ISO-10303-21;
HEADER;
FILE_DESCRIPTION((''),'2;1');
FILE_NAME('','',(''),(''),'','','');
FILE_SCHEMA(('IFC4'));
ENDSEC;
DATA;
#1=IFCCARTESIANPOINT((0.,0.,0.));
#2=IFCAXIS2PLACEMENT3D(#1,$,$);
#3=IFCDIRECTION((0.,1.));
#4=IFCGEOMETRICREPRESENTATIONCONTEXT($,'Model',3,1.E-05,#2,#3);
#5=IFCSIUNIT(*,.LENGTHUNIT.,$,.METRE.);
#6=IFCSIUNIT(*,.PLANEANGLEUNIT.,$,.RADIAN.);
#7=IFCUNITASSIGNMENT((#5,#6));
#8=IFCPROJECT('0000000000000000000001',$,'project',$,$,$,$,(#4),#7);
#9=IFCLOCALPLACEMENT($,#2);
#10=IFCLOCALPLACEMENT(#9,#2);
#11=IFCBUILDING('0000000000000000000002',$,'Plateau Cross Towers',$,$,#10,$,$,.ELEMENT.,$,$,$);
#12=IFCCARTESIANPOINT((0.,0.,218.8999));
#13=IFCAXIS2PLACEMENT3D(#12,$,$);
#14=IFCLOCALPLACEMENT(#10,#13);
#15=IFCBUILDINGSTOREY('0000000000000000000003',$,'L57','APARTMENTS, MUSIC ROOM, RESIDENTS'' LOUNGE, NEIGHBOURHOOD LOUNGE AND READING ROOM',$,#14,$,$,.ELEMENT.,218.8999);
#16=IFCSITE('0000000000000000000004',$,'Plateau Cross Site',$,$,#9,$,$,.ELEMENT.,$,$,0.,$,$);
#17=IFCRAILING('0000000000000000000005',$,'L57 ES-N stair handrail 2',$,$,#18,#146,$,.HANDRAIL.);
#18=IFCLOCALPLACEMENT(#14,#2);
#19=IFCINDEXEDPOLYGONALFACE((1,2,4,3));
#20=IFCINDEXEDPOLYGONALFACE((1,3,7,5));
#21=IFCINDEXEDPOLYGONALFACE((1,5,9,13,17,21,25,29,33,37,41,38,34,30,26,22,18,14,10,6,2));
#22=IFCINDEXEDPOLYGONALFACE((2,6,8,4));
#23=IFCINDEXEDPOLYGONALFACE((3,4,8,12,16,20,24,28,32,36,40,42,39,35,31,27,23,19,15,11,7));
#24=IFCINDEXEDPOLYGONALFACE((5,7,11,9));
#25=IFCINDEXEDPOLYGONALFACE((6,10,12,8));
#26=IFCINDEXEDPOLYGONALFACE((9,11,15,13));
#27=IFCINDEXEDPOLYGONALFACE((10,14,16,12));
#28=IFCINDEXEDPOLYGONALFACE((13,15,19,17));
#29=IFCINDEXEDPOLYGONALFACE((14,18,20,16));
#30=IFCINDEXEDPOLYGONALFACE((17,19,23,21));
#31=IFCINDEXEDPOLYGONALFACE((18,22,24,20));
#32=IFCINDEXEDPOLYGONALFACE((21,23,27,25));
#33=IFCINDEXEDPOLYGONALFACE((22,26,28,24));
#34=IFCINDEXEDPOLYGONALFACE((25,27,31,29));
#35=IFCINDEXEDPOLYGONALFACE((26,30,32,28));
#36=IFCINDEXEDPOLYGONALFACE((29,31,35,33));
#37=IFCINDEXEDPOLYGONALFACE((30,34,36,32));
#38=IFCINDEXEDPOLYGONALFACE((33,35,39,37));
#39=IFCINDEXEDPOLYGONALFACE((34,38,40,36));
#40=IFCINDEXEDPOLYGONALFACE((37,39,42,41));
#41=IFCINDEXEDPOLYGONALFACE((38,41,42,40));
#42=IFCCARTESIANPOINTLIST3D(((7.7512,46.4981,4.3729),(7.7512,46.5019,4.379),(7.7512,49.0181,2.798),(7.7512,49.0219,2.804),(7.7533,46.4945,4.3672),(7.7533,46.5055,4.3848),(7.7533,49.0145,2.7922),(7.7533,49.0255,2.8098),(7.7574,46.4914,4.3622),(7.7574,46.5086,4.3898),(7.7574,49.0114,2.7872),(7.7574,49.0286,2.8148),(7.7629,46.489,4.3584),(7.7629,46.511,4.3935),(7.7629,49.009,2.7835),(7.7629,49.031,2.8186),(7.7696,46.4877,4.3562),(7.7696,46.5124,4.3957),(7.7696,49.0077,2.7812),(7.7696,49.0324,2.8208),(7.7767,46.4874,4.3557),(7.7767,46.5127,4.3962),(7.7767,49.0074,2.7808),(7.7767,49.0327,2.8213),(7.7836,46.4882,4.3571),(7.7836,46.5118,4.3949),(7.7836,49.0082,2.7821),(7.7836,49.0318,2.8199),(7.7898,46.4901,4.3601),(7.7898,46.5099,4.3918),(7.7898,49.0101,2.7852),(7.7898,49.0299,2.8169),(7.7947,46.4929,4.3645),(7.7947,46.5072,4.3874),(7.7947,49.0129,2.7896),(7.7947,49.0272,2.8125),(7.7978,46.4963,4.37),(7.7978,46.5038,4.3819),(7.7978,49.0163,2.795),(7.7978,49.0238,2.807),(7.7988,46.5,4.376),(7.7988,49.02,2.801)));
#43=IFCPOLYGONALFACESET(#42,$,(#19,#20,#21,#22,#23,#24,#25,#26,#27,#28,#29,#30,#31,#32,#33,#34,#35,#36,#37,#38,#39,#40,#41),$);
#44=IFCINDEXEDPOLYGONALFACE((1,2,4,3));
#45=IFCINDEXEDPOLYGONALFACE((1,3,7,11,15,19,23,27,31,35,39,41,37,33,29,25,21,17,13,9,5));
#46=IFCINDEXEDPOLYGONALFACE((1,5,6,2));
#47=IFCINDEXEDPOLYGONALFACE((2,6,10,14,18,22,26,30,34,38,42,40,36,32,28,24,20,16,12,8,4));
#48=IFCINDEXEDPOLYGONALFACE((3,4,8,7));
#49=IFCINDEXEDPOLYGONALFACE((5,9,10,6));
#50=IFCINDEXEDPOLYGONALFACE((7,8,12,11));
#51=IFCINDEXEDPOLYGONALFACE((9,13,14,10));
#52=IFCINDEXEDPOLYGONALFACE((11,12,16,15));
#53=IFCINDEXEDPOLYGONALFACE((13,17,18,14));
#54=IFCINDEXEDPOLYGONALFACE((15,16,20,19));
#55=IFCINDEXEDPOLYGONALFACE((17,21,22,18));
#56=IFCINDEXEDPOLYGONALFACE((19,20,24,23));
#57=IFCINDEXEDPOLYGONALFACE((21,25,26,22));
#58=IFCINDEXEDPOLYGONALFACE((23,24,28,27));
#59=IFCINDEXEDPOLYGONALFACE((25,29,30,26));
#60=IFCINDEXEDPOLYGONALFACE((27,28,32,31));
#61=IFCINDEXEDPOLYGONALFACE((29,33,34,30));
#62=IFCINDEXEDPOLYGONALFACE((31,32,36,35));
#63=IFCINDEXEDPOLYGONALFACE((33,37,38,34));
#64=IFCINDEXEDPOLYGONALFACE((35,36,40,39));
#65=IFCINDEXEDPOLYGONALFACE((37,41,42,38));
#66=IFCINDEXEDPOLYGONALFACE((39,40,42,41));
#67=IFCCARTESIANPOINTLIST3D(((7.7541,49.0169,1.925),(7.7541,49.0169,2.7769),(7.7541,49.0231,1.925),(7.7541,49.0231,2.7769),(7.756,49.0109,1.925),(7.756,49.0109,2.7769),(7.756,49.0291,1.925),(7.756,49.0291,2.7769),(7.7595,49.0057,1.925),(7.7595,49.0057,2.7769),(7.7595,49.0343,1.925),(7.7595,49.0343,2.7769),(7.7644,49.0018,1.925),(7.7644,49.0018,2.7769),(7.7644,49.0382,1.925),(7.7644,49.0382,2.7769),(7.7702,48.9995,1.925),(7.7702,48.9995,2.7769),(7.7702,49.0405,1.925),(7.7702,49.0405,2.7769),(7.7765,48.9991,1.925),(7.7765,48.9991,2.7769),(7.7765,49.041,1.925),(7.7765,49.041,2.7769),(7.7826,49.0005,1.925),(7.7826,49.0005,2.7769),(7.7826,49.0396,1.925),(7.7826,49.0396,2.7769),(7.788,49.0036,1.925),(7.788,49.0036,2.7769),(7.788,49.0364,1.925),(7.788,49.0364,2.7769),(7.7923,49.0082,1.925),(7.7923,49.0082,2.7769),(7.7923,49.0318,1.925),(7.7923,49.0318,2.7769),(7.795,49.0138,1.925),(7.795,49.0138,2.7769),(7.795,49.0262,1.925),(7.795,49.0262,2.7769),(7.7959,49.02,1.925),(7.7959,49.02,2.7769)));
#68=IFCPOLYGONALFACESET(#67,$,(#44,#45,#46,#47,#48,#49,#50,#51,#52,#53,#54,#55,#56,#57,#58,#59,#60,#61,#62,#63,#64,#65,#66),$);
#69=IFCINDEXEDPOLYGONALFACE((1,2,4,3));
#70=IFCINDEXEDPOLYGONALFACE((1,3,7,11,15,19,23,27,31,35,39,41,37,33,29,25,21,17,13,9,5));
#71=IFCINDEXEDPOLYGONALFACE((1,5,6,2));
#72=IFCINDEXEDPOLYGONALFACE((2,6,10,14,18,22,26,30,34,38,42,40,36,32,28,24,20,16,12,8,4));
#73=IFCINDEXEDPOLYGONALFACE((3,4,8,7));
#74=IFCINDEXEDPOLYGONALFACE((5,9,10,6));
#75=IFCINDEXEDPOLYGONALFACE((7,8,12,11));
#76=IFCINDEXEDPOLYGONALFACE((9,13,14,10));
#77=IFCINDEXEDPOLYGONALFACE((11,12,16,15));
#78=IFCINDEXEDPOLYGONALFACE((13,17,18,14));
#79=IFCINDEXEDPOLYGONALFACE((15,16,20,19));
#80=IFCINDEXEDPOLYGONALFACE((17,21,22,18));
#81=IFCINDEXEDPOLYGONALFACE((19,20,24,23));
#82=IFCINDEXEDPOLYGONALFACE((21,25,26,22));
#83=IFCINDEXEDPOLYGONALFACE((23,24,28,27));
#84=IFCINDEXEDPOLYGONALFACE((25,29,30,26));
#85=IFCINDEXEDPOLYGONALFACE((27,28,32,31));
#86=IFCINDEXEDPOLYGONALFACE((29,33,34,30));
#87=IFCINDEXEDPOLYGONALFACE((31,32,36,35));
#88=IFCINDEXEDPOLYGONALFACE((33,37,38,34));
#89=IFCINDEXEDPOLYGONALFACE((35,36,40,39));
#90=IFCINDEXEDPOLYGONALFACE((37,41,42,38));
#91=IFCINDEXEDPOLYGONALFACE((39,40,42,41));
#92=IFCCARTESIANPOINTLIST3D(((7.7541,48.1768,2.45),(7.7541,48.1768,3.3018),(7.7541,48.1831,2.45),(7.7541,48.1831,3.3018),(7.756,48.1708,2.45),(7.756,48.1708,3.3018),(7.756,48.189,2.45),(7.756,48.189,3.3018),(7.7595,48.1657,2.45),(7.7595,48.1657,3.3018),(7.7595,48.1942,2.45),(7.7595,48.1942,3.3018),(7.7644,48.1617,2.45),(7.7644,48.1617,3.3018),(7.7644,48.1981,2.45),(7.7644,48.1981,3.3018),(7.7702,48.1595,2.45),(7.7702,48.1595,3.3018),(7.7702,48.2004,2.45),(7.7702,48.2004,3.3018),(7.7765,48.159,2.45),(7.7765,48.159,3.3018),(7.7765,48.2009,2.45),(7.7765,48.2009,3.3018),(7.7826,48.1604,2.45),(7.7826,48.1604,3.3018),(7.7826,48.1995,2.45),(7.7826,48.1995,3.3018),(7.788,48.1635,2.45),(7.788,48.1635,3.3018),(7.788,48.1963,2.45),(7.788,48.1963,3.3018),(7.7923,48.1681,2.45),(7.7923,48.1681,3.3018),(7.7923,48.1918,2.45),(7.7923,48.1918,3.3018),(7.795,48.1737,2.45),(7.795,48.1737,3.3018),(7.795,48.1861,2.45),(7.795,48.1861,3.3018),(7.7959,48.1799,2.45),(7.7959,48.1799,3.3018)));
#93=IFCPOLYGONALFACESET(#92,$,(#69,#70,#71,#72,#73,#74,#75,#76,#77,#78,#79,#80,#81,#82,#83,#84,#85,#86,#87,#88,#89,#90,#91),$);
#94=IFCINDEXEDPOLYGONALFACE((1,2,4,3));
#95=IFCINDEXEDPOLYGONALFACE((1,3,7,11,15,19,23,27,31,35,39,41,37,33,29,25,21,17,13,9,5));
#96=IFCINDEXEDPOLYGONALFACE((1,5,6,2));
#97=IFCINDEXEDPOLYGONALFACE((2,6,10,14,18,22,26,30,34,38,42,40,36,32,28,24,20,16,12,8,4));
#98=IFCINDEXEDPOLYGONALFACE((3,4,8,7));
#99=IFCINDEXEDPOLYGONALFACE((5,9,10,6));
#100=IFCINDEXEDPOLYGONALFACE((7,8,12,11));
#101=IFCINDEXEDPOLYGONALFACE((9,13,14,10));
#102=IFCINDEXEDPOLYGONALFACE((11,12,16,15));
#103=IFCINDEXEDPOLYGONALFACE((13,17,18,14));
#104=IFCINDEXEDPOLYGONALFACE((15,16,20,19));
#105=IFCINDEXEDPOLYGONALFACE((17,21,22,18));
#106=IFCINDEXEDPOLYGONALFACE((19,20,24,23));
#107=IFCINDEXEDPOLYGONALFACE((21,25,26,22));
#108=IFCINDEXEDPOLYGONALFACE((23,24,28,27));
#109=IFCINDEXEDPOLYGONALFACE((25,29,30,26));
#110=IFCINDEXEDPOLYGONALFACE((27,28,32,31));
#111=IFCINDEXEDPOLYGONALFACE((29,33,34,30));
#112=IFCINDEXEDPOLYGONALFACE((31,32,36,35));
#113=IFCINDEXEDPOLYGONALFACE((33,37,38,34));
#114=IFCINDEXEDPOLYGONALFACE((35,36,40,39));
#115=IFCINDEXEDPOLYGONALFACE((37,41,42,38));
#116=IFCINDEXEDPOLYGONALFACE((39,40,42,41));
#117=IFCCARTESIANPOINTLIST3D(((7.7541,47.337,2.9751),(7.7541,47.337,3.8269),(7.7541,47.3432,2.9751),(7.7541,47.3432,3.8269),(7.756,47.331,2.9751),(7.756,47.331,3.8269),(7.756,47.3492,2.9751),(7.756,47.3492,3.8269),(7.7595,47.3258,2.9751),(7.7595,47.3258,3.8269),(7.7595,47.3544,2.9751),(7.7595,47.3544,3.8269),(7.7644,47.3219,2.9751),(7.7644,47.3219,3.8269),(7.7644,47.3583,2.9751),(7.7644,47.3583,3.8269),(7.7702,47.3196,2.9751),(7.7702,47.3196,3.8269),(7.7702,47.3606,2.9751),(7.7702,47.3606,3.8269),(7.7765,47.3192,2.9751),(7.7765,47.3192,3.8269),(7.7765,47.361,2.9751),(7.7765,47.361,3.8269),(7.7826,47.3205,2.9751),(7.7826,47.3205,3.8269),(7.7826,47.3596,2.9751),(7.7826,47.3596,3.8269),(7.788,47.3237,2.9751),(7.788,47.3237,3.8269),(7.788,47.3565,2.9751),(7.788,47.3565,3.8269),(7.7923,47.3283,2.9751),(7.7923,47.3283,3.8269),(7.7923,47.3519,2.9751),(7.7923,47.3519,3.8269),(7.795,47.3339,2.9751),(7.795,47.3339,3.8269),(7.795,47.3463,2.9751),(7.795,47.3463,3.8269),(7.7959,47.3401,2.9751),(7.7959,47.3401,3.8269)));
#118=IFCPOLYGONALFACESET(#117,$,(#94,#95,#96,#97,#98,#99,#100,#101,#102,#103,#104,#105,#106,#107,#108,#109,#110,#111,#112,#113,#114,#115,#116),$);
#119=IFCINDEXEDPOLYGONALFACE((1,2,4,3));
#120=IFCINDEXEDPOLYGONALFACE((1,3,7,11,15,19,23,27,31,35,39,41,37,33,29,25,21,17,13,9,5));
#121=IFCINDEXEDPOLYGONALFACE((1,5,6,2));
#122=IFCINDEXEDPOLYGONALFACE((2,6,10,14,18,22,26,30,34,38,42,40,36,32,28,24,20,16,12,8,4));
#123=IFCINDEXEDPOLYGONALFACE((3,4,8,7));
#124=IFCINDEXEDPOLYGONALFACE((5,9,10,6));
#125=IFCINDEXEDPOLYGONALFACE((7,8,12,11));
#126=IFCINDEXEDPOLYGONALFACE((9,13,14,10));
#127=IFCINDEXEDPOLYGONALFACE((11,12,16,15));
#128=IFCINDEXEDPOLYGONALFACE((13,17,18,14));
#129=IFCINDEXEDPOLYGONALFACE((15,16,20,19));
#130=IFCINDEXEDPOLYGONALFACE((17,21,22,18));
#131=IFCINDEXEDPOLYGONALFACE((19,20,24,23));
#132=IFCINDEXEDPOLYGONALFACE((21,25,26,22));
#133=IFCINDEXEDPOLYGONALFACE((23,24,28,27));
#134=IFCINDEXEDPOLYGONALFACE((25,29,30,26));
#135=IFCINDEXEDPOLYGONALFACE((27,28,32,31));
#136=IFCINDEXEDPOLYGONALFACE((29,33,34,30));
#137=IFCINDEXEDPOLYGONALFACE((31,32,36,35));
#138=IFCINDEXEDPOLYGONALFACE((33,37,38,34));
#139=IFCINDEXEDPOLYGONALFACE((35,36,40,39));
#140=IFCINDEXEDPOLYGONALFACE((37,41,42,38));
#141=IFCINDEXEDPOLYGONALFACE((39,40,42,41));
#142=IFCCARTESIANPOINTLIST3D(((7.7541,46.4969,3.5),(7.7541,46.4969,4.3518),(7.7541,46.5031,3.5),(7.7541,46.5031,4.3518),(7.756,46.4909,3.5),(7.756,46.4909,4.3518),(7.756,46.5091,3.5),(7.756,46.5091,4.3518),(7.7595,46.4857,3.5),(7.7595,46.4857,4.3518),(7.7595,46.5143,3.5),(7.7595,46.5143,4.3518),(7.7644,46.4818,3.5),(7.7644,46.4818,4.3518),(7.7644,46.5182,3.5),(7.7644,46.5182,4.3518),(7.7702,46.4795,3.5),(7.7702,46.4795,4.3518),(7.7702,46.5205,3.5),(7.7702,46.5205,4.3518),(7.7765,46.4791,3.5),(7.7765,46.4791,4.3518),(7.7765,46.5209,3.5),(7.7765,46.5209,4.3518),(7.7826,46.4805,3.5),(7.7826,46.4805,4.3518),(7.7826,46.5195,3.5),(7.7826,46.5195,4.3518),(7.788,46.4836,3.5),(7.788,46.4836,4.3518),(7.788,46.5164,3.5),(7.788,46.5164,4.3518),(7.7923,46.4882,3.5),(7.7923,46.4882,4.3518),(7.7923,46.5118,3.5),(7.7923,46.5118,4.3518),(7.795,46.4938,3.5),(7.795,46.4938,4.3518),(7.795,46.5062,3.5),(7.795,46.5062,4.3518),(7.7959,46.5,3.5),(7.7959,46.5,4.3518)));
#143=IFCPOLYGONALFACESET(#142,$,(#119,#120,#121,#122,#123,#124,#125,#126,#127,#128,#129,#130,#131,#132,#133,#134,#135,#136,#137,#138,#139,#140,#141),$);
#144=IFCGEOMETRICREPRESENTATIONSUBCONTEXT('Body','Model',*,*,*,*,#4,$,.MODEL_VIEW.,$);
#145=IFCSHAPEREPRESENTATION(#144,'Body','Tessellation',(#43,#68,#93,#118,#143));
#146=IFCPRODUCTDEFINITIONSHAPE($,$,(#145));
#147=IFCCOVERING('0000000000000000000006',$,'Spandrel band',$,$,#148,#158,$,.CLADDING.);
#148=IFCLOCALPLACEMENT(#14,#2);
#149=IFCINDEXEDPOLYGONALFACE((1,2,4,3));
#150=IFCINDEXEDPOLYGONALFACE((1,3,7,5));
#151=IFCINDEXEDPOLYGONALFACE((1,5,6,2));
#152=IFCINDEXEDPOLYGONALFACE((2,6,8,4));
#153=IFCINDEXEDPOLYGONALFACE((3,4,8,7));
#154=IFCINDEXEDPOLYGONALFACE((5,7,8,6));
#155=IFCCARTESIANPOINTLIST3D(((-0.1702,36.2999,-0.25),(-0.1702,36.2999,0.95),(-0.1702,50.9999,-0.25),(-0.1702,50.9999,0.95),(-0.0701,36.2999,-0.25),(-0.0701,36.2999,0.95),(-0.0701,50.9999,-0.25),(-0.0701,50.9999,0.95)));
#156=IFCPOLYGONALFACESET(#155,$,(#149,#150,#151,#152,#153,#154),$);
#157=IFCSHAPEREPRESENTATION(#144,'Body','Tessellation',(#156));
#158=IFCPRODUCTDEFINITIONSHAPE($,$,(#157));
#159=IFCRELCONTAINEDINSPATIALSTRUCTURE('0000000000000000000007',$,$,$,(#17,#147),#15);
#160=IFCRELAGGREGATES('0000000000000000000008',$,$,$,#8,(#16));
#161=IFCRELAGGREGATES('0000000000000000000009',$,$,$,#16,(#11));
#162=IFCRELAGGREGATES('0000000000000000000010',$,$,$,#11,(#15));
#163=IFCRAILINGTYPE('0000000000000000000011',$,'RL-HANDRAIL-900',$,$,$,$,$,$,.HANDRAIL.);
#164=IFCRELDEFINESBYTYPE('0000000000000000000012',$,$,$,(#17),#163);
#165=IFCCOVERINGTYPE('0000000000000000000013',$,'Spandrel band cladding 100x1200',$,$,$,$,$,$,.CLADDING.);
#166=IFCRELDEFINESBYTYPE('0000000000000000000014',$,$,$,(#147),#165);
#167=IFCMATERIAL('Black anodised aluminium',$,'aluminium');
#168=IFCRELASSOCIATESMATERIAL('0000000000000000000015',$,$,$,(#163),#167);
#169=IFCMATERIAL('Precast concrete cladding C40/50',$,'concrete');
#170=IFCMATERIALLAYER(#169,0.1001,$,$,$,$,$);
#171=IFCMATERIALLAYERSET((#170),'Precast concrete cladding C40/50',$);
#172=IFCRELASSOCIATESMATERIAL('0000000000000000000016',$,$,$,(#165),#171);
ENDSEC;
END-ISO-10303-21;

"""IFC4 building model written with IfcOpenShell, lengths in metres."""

from ifc_helpers import new_model, si_unit, direction, frame, origin, origin_2d, place, context, subcontext, project, spatial, rectangle, circle, extrude, material, layer, layer_set, type_object, element, save


model = new_model("IFC4")

# Units and contexts
model_context = context("Model", 3, precision=1e-05, world=origin(), true_north=direction((0.0, 1.0)))
body_context = subcontext(model_context, "Body", "Model", "MODEL_VIEW")
ifc_project = project(units=[si_unit("LENGTHUNIT", "METRE"), si_unit("PLANEANGLEUNIT", "RADIAN")], contexts=[model_context])

# Site, building, storey
site_placement = place(None, origin())
site = spatial("IfcSite", under=ifc_project, at=site_placement, Name="Plateau Cross Site", CompositionType="ELEMENT", RefElevation=0.0)
building_placement = place(site_placement, origin())
building = spatial("IfcBuilding", under=site, at=building_placement, Name="Plateau Cross Towers", CompositionType="ELEMENT")
storey_placement = place(building_placement, frame((0.0, 0.0, 218.8999)))
storey = spatial("IfcBuildingStorey", under=building, at=storey_placement, Name="L57", Description="APARTMENTS, MUSIC ROOM, RESIDENTS' LOUNGE, NEIGHBOURHOOD LOUNGE AND READING ROOM", CompositionType="ELEMENT", Elevation=218.8999)

# Shared definitions
ifc_material_1 = material(Name="Black anodised aluminium", Category="aluminium")

# Railing
railing_type_1 = type_object("IfcRailingType", Name="RL-HANDRAIL-900", PredefinedType="HANDRAIL", material=ifc_material_1)
railing_1_placement = place(storey_placement, frame((7.7749, 49.02, 1.925)))
element("IfcRailing", 1, at=railing_1_placement, inside=storey, type_object=railing_type_1, Name="L57 ES-N stair handrail 2", PredefinedType="HANDRAIL", context=body_context, shape_type="SweptSolid", body=[
    extrude(circle(Radius=0.0239, at=origin_2d()), frame((0.0, 0.0, 0.876), z_axis=(0.0, -0.848008, 0.529984), x_axis=(1.0, 0.0, 0.0)), (0.0, 0.0, 1.0), 2.9717),
    extrude(circle(Radius=0.021, at=origin_2d()), origin(), (0.0, 0.0, 1.0), 0.8518),
    extrude(circle(Radius=0.021, at=origin_2d()), frame((0.0, -0.8401, 0.5249)), (0.0, 0.0, 1.0), 0.8518),
    extrude(circle(Radius=0.021, at=origin_2d()), frame((0.0, -1.6799, 1.05)), (0.0, 0.0, 1.0), 0.8518),
    extrude(circle(Radius=0.021, at=origin_2d()), frame((0.0, -2.52, 1.575)), (0.0, 0.0, 1.0), 0.8518),
])

# Covering
ifc_material_2 = material(Name="Precast concrete cladding C40/50", Category="concrete")
ifc_layer_1 = layer(ifc_material_2, 0.1001)
ifc_layer_set_1 = layer_set([ifc_layer_1], Name="Precast concrete cladding C40/50")
covering_type = type_object("IfcCoveringType", Name="Spandrel band cladding 100x1200", PredefinedType="CLADDING", material=ifc_layer_set_1)
covering_placement = place(storey_placement, frame((-0.1201, 43.6499, -0.25), z_axis=(0.0, 0.0, 1.0), x_axis=(0.0, -1.0, 0.0)))
element("IfcCovering", 2, at=covering_placement, inside=storey, type_object=covering_type, Name="Spandrel band", PredefinedType="CLADDING", context=body_context, shape_type="SweptSolid", body=[
    extrude(rectangle(XDim=14.7, YDim=0.1001, at=origin_2d()), origin(), (0.0, 0.0, 1.0), 1.2),
])

save(model, "model.ifc")
